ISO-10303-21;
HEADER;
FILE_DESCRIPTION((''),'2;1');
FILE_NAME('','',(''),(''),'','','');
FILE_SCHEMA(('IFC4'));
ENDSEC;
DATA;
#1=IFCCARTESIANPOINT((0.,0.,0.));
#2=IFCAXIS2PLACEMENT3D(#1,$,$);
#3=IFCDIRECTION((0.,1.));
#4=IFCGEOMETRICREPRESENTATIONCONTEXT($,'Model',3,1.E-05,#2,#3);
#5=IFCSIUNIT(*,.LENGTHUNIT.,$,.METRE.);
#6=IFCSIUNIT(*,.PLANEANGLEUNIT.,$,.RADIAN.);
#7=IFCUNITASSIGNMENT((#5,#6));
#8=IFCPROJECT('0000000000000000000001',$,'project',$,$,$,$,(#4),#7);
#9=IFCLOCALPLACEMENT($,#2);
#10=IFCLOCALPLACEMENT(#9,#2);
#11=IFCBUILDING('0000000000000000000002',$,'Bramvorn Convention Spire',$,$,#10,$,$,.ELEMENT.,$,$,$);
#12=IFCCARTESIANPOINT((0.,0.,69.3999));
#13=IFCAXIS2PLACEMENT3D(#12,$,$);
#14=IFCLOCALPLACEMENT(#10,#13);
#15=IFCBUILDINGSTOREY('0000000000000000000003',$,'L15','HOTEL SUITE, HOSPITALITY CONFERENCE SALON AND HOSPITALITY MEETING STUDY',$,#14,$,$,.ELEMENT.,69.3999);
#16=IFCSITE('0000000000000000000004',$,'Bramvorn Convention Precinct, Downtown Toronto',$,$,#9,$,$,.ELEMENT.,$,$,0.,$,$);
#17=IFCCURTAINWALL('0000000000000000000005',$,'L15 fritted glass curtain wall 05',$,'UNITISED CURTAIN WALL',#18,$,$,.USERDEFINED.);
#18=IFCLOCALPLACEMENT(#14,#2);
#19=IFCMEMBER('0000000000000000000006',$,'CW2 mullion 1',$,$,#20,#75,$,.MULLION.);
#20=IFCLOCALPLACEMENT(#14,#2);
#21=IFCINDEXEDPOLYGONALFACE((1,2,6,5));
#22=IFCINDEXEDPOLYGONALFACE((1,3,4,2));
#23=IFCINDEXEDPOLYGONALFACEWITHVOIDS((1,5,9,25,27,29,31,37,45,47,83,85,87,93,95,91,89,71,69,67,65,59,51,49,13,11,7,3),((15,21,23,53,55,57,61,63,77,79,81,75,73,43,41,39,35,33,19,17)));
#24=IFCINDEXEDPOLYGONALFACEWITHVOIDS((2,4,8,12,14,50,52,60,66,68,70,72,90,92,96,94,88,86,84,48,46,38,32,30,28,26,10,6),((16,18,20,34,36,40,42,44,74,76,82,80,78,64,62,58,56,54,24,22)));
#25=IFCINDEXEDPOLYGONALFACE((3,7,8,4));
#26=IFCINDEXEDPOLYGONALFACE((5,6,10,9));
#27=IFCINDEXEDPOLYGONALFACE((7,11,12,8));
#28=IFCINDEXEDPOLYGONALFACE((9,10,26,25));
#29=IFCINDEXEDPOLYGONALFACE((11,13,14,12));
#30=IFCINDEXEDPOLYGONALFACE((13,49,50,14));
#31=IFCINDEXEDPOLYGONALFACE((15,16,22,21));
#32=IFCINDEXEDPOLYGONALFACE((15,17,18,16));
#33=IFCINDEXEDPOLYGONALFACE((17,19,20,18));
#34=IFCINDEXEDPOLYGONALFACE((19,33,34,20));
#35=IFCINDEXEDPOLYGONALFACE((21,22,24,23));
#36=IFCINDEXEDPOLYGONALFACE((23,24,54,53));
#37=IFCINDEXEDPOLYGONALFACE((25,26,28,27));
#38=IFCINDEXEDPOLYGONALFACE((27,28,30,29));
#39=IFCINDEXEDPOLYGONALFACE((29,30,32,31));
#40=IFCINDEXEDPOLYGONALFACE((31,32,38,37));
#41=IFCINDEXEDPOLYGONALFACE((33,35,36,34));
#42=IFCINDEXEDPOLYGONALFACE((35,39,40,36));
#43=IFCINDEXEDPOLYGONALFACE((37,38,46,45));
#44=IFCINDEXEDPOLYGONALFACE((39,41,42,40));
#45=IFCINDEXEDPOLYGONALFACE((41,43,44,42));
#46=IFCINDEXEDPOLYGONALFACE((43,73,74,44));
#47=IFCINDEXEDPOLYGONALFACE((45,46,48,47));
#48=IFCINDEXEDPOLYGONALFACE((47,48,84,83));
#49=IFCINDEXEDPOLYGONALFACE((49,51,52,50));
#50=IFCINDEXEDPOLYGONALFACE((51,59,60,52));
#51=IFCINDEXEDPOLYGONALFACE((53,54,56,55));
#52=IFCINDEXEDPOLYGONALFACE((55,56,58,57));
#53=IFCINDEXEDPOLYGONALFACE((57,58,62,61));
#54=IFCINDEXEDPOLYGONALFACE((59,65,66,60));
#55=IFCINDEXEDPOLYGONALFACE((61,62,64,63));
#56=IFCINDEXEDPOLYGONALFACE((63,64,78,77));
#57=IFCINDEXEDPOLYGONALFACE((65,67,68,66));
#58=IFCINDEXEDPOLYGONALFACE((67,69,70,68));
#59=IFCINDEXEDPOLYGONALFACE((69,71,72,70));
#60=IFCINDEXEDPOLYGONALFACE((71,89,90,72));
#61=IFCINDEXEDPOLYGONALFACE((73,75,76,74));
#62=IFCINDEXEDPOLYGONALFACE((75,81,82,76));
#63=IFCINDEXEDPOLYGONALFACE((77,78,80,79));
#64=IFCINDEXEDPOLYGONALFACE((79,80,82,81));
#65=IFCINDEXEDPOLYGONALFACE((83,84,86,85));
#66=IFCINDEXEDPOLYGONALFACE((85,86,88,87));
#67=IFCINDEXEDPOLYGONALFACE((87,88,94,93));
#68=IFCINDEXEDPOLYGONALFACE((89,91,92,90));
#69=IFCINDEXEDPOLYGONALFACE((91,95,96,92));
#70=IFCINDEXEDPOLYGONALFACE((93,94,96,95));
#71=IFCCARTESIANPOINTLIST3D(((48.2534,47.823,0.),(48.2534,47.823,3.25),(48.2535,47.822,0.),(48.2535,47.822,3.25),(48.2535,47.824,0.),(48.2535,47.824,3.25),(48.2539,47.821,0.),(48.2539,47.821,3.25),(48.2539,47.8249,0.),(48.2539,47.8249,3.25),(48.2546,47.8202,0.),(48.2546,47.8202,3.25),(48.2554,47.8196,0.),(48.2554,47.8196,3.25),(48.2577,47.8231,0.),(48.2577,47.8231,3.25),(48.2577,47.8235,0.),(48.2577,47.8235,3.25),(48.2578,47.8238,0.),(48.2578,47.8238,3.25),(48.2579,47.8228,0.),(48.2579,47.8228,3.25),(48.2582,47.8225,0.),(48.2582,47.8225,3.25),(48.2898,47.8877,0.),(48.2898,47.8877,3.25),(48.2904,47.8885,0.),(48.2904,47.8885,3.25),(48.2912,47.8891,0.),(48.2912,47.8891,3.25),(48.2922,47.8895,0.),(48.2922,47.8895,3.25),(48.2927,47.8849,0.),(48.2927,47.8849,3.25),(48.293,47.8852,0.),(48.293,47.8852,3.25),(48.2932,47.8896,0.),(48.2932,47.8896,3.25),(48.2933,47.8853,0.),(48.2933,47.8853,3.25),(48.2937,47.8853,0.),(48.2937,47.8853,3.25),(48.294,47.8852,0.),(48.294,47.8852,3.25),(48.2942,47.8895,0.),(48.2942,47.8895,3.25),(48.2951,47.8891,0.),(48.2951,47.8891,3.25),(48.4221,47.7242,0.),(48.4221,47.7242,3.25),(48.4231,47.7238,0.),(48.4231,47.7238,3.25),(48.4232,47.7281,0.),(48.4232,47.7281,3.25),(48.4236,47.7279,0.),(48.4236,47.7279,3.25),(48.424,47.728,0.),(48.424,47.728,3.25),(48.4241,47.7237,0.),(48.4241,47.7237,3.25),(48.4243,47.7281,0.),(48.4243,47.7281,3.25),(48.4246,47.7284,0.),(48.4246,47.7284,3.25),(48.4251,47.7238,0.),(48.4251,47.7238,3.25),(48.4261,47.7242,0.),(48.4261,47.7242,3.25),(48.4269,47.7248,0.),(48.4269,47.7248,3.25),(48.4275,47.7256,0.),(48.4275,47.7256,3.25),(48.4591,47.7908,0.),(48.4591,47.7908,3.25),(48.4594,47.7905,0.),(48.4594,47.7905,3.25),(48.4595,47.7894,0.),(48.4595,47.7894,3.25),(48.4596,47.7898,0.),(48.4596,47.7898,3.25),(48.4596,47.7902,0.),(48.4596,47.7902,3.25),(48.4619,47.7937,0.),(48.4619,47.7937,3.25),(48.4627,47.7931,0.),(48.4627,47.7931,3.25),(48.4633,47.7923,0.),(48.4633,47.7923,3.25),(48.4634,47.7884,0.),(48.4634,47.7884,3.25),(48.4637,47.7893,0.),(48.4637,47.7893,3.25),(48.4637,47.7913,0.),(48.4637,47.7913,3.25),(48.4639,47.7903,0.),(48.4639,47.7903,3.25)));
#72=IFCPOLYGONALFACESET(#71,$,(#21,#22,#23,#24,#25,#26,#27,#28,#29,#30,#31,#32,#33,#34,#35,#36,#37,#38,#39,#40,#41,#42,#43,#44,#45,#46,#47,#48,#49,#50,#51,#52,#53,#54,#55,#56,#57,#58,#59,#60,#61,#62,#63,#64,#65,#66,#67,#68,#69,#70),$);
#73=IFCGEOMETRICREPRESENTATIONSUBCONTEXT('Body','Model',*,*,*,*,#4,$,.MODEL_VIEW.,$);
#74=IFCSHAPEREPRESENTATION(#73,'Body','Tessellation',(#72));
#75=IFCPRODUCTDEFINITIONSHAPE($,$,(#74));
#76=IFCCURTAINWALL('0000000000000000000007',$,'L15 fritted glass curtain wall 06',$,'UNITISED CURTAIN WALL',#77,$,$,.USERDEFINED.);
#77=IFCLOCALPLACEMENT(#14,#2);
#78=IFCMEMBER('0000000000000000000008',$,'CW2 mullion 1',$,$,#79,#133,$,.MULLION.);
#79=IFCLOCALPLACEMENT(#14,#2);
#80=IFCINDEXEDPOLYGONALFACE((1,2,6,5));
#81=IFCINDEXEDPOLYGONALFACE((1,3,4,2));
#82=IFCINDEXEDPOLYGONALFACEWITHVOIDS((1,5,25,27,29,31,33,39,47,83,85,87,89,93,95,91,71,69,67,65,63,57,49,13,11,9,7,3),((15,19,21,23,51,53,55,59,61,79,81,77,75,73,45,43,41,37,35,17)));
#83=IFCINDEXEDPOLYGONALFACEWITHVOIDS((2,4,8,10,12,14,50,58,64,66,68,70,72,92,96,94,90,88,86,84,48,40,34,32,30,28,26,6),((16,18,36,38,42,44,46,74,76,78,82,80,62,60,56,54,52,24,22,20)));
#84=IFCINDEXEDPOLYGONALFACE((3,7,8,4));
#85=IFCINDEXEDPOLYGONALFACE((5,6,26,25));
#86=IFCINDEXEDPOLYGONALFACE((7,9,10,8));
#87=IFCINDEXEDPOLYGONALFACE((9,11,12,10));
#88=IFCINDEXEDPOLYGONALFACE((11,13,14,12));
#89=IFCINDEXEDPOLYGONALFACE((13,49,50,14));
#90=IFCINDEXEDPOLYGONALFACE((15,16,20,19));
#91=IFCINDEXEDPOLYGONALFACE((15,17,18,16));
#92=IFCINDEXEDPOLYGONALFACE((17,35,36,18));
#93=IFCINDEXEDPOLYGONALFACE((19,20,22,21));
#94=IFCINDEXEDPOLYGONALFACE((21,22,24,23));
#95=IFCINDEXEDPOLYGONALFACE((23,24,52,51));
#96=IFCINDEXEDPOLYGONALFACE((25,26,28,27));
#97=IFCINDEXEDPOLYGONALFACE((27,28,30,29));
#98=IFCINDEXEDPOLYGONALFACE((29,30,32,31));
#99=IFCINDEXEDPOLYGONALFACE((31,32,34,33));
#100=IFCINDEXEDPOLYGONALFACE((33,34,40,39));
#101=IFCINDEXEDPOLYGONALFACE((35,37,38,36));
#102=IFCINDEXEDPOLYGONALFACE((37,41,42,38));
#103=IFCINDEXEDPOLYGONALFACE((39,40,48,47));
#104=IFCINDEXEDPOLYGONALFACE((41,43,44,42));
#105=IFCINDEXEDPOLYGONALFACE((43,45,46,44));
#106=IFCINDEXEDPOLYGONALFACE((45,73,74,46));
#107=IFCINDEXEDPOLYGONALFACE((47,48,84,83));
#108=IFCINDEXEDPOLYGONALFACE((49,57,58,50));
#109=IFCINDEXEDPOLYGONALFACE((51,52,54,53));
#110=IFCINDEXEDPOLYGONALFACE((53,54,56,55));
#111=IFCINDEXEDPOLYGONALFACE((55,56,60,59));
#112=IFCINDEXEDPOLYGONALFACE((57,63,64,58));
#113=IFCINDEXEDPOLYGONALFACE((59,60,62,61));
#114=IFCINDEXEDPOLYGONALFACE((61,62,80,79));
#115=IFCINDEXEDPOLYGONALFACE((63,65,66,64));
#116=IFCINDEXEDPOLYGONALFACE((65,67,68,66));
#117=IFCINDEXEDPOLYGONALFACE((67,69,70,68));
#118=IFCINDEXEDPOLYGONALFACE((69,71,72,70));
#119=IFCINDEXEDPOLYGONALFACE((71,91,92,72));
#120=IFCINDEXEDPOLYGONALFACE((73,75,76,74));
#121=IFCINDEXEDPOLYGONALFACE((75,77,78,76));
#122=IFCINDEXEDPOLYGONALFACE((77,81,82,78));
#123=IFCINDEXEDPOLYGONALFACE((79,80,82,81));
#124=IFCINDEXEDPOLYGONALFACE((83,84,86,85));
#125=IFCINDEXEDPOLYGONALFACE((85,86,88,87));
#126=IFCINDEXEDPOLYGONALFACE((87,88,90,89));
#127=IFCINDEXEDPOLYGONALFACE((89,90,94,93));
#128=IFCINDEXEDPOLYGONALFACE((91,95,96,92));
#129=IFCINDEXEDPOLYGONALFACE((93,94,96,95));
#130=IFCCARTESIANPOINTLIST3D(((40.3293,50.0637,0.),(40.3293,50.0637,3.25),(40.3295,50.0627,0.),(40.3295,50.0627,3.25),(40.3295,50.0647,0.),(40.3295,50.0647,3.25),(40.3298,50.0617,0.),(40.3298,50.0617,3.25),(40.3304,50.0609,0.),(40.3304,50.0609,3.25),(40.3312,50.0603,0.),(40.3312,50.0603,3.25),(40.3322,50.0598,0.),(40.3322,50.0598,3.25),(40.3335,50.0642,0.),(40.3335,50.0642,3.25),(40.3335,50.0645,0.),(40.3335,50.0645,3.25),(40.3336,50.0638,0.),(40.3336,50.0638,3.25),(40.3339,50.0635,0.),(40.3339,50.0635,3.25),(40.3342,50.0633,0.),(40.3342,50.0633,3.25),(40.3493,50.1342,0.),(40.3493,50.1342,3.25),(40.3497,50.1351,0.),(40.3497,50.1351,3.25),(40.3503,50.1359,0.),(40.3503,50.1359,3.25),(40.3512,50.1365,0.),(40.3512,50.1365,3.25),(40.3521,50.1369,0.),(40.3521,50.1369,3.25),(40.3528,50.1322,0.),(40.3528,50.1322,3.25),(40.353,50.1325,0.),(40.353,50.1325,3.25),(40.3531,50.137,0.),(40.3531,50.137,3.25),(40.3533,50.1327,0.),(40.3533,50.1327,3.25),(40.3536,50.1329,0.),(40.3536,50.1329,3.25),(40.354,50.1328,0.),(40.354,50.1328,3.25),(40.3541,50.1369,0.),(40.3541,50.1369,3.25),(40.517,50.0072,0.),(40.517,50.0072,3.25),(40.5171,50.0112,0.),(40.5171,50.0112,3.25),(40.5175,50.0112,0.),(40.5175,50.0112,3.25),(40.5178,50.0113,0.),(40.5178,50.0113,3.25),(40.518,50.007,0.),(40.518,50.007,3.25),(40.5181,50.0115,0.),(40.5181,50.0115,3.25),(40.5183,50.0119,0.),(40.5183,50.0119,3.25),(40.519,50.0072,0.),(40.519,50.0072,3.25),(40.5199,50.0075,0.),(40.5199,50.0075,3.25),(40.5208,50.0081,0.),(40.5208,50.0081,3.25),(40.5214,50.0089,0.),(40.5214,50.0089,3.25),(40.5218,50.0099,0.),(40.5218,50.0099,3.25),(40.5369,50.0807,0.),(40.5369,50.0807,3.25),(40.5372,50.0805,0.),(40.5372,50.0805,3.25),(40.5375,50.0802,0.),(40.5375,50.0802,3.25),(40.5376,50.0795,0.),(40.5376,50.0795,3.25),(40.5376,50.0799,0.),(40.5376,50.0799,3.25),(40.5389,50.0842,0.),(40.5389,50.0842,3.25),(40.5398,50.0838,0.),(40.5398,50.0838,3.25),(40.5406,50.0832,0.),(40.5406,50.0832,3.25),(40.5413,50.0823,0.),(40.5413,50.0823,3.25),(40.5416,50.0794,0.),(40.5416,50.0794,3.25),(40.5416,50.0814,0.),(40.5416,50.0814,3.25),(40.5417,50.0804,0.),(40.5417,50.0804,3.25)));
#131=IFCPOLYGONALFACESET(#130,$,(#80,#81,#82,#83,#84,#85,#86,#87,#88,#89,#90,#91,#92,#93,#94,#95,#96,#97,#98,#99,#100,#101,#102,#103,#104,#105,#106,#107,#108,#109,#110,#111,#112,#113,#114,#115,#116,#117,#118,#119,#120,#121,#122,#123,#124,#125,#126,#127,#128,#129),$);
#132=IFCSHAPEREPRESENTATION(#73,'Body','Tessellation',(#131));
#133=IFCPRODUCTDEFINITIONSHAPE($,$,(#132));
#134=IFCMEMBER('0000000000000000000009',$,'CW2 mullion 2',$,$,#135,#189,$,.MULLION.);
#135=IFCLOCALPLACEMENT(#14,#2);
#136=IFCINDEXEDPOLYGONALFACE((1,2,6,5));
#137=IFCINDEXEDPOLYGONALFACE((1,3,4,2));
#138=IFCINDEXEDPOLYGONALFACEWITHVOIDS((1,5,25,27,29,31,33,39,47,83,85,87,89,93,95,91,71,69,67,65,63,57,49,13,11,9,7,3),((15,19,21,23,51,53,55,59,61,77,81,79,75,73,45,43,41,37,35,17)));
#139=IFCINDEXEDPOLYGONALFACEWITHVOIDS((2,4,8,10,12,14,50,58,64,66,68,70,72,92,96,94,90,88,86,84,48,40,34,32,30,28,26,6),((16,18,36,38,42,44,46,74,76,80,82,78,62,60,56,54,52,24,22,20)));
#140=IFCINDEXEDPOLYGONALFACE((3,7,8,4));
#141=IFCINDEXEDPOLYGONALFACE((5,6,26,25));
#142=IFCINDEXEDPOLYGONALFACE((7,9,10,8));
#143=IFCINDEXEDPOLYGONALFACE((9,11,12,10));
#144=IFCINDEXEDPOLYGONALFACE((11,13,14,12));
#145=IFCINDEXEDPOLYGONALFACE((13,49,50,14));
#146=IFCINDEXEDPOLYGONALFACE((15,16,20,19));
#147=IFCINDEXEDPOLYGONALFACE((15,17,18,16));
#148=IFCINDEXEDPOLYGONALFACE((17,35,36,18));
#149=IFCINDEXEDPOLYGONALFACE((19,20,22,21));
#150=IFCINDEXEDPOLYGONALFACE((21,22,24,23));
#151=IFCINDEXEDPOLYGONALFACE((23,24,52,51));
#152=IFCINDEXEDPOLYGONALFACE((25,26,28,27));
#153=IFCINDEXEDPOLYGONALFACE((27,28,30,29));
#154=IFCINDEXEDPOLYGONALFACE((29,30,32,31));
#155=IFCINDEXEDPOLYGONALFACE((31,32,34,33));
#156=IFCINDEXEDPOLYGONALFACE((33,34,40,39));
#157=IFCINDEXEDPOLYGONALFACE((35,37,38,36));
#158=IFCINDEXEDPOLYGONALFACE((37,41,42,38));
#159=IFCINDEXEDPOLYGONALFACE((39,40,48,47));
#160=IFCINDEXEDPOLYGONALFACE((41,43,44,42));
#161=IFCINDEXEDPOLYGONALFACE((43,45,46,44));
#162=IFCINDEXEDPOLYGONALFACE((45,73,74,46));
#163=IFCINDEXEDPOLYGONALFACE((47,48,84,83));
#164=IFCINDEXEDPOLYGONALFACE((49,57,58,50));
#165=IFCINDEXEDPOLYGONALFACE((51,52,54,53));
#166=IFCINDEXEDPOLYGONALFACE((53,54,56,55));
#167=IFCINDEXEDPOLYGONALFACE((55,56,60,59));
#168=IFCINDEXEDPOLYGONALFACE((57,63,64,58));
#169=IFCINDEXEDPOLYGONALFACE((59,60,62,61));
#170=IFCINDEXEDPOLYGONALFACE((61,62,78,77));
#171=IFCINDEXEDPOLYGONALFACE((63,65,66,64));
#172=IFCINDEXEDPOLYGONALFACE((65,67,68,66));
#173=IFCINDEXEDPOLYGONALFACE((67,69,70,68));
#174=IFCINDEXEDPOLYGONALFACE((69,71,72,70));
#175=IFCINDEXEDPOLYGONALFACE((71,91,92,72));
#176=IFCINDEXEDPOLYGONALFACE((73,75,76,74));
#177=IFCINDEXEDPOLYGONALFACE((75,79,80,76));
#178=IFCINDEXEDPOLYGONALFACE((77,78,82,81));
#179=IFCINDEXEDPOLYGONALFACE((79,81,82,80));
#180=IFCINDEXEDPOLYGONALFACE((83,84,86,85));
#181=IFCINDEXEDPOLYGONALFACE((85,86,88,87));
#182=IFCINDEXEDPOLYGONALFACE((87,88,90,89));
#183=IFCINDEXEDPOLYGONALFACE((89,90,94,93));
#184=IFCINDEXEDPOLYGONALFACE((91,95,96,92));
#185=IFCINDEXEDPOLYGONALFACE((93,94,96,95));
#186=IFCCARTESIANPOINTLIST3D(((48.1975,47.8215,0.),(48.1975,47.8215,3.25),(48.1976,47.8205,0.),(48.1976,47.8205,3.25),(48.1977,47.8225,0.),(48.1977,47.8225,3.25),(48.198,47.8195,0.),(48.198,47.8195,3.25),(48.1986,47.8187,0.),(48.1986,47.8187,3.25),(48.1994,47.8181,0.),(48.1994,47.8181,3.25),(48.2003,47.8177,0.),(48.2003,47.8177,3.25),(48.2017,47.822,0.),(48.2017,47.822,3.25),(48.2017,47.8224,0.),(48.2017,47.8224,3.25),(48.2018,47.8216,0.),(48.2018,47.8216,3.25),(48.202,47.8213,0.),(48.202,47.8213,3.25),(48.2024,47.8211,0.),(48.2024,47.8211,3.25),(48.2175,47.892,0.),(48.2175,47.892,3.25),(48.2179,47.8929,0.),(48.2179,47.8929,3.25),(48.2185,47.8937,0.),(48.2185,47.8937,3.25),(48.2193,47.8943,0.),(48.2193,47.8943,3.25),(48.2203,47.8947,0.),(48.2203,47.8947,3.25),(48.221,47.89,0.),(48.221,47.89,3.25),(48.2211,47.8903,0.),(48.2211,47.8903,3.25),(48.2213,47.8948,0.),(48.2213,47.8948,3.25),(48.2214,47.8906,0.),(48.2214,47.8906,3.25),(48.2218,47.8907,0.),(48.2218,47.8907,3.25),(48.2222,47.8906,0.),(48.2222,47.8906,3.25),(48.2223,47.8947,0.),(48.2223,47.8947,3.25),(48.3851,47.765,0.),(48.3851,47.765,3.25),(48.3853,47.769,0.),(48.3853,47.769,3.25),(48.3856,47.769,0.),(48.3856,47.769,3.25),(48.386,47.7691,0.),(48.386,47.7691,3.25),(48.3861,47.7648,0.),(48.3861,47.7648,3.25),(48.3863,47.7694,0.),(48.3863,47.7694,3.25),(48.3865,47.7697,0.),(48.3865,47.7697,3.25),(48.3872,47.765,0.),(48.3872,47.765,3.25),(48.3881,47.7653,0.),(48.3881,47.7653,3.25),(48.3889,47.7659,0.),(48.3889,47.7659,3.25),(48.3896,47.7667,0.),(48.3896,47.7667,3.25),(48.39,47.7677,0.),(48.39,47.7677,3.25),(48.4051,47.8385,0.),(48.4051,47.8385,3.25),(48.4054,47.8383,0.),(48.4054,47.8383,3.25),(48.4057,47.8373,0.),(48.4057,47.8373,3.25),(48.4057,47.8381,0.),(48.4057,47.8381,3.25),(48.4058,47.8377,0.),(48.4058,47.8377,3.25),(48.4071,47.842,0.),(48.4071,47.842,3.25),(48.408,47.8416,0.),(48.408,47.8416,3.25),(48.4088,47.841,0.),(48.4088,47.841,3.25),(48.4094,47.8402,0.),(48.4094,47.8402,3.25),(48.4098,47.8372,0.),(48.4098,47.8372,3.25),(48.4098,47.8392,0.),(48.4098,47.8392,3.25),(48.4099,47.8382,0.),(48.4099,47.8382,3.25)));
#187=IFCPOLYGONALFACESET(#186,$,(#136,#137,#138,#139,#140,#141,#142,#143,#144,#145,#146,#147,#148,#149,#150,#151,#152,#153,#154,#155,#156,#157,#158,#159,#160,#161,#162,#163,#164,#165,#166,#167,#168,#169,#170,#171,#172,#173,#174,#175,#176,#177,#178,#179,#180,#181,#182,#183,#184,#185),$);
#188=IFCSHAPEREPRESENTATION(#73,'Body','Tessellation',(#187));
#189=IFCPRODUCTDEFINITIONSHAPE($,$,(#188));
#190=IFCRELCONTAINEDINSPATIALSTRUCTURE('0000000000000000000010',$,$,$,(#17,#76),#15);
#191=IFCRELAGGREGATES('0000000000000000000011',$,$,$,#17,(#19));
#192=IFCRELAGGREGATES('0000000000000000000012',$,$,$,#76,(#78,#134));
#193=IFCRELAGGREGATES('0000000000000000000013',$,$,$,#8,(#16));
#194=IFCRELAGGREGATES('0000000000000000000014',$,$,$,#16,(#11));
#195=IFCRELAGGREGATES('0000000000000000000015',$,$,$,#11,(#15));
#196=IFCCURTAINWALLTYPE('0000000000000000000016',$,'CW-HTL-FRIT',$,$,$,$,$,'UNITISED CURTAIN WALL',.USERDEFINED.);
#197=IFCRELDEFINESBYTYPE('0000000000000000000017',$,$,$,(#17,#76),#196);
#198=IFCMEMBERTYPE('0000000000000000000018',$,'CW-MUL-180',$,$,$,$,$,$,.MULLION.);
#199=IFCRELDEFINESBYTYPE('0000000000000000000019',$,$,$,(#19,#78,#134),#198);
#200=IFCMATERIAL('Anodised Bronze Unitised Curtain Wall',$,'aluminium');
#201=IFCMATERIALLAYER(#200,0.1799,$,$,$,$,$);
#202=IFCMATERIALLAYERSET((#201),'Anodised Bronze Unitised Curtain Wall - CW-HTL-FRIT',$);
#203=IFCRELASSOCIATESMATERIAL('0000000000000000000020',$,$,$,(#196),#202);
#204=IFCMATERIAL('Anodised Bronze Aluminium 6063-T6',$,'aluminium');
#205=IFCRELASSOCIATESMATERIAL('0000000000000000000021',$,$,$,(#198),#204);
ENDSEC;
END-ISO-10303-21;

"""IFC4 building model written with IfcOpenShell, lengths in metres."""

from ifc_helpers import new_model, si_unit, direction, frame, origin, origin_2d, place, context, subcontext, project, spatial, hollow_rectangle, extrude, material, layer, layer_set, material_profile, profile_set, type_object, element, aggregate, save


model = new_model("IFC4")

# Units and contexts
model_context = context("Model", 3, precision=1e-05, world=origin(), true_north=direction((0.0, 1.0)))
body_context = subcontext(model_context, "Body", "Model", "MODEL_VIEW")
ifc_project = project(units=[si_unit("LENGTHUNIT", "METRE"), si_unit("PLANEANGLEUNIT", "RADIAN")], contexts=[model_context])

# Site, building, storey
site_placement = place(None, origin())
site = spatial("IfcSite", under=ifc_project, at=site_placement, Name="Bramvorn Convention Precinct, Downtown Toronto", CompositionType="ELEMENT", RefElevation=0.0)
building_placement = place(site_placement, origin())
building = spatial("IfcBuilding", under=site, at=building_placement, Name="Bramvorn Convention Spire", CompositionType="ELEMENT")
storey_placement = place(building_placement, frame((0.0, 0.0, 69.3999)))
storey = spatial("IfcBuildingStorey", under=building, at=storey_placement, Name="L15", Description="HOTEL SUITE, HOSPITALITY CONFERENCE SALON AND HOSPITALITY MEETING STUDY", CompositionType="ELEMENT", Elevation=69.3999)

# Curtain wall, member
ifc_material_1 = material(Name="Anodised Bronze Unitised Curtain Wall", Category="aluminium")
ifc_layer_1 = layer(ifc_material_1, 0.1799)
ifc_layer_set_1 = layer_set([ifc_layer_1], Name="Anodised Bronze Unitised Curtain Wall - CW-HTL-FRIT")
curtain_wall_type = type_object("IfcCurtainWallType", Name="CW-HTL-FRIT", ElementType="UNITISED CURTAIN WALL", PredefinedType="USERDEFINED", material=ifc_layer_set_1)
curtain_wall_1_placement = place(storey_placement, origin())
curtain_wall_1 = element("IfcCurtainWall", 1, at=curtain_wall_1_placement, inside=storey, type_object=curtain_wall_type, Name="L15 fritted glass curtain wall 05", ObjectType="UNITISED CURTAIN WALL", PredefinedType="USERDEFINED")
ifc_material_2 = material(Name="Anodised Bronze Aluminium 6063-T6", Category="aluminium")
ifc_material_profile_1 = material_profile(ifc_material_2, hollow_rectangle(XDim=0.0801, YDim=0.2, WallThickness=0.0039, InnerFilletRadius=0.001, OuterFilletRadius=0.0039, at=origin_2d()))
ifc_profile_set_1 = profile_set([ifc_material_profile_1], Name="Anodised Bronze Aluminium 6063-T6 - CWM80X200")
member_type_1 = type_object("IfcMemberType", Name="CW-MUL-180", PredefinedType="MULLION", material=ifc_profile_set_1)
member_1_placement = place(storey_placement, frame((48.3586, 47.8066, 0.0), z_axis=(0.0, 0.0, 1.0), x_axis=(0.496612, 0.867973, 0.0)))
member_1 = element("IfcMember", 2, at=member_1_placement, type_object=member_type_1, Name="CW2 mullion 1", PredefinedType="MULLION", context=body_context, shape_type="SweptSolid", body=[
    extrude(hollow_rectangle(XDim=0.0801, YDim=0.2, WallThickness=0.0039, InnerFilletRadius=0.001, OuterFilletRadius=0.0039, at=origin_2d()), origin(), (0.0, 0.0, 1.0), 3.25),
])
aggregate(curtain_wall_1, [member_1])

# Curtain wall, members
curtain_wall_2_placement = place(storey_placement, origin())
curtain_wall_2 = element("IfcCurtainWall", 3, at=curtain_wall_2_placement, inside=storey, type_object=curtain_wall_type, Name="L15 fritted glass curtain wall 06", ObjectType="UNITISED CURTAIN WALL", PredefinedType="USERDEFINED")
member_2_placement = place(storey_placement, frame((40.4355, 50.072, 0.0), z_axis=(0.0, 0.0, 1.0), x_axis=(0.274069, 0.96171, 0.0)))
member_2 = element("IfcMember", 4, at=member_2_placement, type_object=member_type_1, Name="CW2 mullion 1", PredefinedType="MULLION", context=body_context, shape_type="SweptSolid", body=[
    extrude(hollow_rectangle(XDim=0.0801, YDim=0.2, WallThickness=0.0039, InnerFilletRadius=0.001, OuterFilletRadius=0.0039, at=origin_2d()), origin(), (0.0, 0.0, 1.0), 3.25),
])
member_3_placement = place(storey_placement, frame((48.3037, 47.8298, 0.0), z_axis=(0.0, 0.0, 1.0), x_axis=(0.274069, 0.96171, 0.0)))
member_3 = element("IfcMember", 5, at=member_3_placement, type_object=member_type_1, Name="CW2 mullion 2", PredefinedType="MULLION", context=body_context, shape_type="SweptSolid", body=[
    extrude(hollow_rectangle(XDim=0.0801, YDim=0.2, WallThickness=0.0039, InnerFilletRadius=0.001, OuterFilletRadius=0.0039, at=origin_2d()), origin(), (0.0, 0.0, 1.0), 3.25),
])
aggregate(curtain_wall_2, [member_2, member_3])

save(model, "model.ifc")
